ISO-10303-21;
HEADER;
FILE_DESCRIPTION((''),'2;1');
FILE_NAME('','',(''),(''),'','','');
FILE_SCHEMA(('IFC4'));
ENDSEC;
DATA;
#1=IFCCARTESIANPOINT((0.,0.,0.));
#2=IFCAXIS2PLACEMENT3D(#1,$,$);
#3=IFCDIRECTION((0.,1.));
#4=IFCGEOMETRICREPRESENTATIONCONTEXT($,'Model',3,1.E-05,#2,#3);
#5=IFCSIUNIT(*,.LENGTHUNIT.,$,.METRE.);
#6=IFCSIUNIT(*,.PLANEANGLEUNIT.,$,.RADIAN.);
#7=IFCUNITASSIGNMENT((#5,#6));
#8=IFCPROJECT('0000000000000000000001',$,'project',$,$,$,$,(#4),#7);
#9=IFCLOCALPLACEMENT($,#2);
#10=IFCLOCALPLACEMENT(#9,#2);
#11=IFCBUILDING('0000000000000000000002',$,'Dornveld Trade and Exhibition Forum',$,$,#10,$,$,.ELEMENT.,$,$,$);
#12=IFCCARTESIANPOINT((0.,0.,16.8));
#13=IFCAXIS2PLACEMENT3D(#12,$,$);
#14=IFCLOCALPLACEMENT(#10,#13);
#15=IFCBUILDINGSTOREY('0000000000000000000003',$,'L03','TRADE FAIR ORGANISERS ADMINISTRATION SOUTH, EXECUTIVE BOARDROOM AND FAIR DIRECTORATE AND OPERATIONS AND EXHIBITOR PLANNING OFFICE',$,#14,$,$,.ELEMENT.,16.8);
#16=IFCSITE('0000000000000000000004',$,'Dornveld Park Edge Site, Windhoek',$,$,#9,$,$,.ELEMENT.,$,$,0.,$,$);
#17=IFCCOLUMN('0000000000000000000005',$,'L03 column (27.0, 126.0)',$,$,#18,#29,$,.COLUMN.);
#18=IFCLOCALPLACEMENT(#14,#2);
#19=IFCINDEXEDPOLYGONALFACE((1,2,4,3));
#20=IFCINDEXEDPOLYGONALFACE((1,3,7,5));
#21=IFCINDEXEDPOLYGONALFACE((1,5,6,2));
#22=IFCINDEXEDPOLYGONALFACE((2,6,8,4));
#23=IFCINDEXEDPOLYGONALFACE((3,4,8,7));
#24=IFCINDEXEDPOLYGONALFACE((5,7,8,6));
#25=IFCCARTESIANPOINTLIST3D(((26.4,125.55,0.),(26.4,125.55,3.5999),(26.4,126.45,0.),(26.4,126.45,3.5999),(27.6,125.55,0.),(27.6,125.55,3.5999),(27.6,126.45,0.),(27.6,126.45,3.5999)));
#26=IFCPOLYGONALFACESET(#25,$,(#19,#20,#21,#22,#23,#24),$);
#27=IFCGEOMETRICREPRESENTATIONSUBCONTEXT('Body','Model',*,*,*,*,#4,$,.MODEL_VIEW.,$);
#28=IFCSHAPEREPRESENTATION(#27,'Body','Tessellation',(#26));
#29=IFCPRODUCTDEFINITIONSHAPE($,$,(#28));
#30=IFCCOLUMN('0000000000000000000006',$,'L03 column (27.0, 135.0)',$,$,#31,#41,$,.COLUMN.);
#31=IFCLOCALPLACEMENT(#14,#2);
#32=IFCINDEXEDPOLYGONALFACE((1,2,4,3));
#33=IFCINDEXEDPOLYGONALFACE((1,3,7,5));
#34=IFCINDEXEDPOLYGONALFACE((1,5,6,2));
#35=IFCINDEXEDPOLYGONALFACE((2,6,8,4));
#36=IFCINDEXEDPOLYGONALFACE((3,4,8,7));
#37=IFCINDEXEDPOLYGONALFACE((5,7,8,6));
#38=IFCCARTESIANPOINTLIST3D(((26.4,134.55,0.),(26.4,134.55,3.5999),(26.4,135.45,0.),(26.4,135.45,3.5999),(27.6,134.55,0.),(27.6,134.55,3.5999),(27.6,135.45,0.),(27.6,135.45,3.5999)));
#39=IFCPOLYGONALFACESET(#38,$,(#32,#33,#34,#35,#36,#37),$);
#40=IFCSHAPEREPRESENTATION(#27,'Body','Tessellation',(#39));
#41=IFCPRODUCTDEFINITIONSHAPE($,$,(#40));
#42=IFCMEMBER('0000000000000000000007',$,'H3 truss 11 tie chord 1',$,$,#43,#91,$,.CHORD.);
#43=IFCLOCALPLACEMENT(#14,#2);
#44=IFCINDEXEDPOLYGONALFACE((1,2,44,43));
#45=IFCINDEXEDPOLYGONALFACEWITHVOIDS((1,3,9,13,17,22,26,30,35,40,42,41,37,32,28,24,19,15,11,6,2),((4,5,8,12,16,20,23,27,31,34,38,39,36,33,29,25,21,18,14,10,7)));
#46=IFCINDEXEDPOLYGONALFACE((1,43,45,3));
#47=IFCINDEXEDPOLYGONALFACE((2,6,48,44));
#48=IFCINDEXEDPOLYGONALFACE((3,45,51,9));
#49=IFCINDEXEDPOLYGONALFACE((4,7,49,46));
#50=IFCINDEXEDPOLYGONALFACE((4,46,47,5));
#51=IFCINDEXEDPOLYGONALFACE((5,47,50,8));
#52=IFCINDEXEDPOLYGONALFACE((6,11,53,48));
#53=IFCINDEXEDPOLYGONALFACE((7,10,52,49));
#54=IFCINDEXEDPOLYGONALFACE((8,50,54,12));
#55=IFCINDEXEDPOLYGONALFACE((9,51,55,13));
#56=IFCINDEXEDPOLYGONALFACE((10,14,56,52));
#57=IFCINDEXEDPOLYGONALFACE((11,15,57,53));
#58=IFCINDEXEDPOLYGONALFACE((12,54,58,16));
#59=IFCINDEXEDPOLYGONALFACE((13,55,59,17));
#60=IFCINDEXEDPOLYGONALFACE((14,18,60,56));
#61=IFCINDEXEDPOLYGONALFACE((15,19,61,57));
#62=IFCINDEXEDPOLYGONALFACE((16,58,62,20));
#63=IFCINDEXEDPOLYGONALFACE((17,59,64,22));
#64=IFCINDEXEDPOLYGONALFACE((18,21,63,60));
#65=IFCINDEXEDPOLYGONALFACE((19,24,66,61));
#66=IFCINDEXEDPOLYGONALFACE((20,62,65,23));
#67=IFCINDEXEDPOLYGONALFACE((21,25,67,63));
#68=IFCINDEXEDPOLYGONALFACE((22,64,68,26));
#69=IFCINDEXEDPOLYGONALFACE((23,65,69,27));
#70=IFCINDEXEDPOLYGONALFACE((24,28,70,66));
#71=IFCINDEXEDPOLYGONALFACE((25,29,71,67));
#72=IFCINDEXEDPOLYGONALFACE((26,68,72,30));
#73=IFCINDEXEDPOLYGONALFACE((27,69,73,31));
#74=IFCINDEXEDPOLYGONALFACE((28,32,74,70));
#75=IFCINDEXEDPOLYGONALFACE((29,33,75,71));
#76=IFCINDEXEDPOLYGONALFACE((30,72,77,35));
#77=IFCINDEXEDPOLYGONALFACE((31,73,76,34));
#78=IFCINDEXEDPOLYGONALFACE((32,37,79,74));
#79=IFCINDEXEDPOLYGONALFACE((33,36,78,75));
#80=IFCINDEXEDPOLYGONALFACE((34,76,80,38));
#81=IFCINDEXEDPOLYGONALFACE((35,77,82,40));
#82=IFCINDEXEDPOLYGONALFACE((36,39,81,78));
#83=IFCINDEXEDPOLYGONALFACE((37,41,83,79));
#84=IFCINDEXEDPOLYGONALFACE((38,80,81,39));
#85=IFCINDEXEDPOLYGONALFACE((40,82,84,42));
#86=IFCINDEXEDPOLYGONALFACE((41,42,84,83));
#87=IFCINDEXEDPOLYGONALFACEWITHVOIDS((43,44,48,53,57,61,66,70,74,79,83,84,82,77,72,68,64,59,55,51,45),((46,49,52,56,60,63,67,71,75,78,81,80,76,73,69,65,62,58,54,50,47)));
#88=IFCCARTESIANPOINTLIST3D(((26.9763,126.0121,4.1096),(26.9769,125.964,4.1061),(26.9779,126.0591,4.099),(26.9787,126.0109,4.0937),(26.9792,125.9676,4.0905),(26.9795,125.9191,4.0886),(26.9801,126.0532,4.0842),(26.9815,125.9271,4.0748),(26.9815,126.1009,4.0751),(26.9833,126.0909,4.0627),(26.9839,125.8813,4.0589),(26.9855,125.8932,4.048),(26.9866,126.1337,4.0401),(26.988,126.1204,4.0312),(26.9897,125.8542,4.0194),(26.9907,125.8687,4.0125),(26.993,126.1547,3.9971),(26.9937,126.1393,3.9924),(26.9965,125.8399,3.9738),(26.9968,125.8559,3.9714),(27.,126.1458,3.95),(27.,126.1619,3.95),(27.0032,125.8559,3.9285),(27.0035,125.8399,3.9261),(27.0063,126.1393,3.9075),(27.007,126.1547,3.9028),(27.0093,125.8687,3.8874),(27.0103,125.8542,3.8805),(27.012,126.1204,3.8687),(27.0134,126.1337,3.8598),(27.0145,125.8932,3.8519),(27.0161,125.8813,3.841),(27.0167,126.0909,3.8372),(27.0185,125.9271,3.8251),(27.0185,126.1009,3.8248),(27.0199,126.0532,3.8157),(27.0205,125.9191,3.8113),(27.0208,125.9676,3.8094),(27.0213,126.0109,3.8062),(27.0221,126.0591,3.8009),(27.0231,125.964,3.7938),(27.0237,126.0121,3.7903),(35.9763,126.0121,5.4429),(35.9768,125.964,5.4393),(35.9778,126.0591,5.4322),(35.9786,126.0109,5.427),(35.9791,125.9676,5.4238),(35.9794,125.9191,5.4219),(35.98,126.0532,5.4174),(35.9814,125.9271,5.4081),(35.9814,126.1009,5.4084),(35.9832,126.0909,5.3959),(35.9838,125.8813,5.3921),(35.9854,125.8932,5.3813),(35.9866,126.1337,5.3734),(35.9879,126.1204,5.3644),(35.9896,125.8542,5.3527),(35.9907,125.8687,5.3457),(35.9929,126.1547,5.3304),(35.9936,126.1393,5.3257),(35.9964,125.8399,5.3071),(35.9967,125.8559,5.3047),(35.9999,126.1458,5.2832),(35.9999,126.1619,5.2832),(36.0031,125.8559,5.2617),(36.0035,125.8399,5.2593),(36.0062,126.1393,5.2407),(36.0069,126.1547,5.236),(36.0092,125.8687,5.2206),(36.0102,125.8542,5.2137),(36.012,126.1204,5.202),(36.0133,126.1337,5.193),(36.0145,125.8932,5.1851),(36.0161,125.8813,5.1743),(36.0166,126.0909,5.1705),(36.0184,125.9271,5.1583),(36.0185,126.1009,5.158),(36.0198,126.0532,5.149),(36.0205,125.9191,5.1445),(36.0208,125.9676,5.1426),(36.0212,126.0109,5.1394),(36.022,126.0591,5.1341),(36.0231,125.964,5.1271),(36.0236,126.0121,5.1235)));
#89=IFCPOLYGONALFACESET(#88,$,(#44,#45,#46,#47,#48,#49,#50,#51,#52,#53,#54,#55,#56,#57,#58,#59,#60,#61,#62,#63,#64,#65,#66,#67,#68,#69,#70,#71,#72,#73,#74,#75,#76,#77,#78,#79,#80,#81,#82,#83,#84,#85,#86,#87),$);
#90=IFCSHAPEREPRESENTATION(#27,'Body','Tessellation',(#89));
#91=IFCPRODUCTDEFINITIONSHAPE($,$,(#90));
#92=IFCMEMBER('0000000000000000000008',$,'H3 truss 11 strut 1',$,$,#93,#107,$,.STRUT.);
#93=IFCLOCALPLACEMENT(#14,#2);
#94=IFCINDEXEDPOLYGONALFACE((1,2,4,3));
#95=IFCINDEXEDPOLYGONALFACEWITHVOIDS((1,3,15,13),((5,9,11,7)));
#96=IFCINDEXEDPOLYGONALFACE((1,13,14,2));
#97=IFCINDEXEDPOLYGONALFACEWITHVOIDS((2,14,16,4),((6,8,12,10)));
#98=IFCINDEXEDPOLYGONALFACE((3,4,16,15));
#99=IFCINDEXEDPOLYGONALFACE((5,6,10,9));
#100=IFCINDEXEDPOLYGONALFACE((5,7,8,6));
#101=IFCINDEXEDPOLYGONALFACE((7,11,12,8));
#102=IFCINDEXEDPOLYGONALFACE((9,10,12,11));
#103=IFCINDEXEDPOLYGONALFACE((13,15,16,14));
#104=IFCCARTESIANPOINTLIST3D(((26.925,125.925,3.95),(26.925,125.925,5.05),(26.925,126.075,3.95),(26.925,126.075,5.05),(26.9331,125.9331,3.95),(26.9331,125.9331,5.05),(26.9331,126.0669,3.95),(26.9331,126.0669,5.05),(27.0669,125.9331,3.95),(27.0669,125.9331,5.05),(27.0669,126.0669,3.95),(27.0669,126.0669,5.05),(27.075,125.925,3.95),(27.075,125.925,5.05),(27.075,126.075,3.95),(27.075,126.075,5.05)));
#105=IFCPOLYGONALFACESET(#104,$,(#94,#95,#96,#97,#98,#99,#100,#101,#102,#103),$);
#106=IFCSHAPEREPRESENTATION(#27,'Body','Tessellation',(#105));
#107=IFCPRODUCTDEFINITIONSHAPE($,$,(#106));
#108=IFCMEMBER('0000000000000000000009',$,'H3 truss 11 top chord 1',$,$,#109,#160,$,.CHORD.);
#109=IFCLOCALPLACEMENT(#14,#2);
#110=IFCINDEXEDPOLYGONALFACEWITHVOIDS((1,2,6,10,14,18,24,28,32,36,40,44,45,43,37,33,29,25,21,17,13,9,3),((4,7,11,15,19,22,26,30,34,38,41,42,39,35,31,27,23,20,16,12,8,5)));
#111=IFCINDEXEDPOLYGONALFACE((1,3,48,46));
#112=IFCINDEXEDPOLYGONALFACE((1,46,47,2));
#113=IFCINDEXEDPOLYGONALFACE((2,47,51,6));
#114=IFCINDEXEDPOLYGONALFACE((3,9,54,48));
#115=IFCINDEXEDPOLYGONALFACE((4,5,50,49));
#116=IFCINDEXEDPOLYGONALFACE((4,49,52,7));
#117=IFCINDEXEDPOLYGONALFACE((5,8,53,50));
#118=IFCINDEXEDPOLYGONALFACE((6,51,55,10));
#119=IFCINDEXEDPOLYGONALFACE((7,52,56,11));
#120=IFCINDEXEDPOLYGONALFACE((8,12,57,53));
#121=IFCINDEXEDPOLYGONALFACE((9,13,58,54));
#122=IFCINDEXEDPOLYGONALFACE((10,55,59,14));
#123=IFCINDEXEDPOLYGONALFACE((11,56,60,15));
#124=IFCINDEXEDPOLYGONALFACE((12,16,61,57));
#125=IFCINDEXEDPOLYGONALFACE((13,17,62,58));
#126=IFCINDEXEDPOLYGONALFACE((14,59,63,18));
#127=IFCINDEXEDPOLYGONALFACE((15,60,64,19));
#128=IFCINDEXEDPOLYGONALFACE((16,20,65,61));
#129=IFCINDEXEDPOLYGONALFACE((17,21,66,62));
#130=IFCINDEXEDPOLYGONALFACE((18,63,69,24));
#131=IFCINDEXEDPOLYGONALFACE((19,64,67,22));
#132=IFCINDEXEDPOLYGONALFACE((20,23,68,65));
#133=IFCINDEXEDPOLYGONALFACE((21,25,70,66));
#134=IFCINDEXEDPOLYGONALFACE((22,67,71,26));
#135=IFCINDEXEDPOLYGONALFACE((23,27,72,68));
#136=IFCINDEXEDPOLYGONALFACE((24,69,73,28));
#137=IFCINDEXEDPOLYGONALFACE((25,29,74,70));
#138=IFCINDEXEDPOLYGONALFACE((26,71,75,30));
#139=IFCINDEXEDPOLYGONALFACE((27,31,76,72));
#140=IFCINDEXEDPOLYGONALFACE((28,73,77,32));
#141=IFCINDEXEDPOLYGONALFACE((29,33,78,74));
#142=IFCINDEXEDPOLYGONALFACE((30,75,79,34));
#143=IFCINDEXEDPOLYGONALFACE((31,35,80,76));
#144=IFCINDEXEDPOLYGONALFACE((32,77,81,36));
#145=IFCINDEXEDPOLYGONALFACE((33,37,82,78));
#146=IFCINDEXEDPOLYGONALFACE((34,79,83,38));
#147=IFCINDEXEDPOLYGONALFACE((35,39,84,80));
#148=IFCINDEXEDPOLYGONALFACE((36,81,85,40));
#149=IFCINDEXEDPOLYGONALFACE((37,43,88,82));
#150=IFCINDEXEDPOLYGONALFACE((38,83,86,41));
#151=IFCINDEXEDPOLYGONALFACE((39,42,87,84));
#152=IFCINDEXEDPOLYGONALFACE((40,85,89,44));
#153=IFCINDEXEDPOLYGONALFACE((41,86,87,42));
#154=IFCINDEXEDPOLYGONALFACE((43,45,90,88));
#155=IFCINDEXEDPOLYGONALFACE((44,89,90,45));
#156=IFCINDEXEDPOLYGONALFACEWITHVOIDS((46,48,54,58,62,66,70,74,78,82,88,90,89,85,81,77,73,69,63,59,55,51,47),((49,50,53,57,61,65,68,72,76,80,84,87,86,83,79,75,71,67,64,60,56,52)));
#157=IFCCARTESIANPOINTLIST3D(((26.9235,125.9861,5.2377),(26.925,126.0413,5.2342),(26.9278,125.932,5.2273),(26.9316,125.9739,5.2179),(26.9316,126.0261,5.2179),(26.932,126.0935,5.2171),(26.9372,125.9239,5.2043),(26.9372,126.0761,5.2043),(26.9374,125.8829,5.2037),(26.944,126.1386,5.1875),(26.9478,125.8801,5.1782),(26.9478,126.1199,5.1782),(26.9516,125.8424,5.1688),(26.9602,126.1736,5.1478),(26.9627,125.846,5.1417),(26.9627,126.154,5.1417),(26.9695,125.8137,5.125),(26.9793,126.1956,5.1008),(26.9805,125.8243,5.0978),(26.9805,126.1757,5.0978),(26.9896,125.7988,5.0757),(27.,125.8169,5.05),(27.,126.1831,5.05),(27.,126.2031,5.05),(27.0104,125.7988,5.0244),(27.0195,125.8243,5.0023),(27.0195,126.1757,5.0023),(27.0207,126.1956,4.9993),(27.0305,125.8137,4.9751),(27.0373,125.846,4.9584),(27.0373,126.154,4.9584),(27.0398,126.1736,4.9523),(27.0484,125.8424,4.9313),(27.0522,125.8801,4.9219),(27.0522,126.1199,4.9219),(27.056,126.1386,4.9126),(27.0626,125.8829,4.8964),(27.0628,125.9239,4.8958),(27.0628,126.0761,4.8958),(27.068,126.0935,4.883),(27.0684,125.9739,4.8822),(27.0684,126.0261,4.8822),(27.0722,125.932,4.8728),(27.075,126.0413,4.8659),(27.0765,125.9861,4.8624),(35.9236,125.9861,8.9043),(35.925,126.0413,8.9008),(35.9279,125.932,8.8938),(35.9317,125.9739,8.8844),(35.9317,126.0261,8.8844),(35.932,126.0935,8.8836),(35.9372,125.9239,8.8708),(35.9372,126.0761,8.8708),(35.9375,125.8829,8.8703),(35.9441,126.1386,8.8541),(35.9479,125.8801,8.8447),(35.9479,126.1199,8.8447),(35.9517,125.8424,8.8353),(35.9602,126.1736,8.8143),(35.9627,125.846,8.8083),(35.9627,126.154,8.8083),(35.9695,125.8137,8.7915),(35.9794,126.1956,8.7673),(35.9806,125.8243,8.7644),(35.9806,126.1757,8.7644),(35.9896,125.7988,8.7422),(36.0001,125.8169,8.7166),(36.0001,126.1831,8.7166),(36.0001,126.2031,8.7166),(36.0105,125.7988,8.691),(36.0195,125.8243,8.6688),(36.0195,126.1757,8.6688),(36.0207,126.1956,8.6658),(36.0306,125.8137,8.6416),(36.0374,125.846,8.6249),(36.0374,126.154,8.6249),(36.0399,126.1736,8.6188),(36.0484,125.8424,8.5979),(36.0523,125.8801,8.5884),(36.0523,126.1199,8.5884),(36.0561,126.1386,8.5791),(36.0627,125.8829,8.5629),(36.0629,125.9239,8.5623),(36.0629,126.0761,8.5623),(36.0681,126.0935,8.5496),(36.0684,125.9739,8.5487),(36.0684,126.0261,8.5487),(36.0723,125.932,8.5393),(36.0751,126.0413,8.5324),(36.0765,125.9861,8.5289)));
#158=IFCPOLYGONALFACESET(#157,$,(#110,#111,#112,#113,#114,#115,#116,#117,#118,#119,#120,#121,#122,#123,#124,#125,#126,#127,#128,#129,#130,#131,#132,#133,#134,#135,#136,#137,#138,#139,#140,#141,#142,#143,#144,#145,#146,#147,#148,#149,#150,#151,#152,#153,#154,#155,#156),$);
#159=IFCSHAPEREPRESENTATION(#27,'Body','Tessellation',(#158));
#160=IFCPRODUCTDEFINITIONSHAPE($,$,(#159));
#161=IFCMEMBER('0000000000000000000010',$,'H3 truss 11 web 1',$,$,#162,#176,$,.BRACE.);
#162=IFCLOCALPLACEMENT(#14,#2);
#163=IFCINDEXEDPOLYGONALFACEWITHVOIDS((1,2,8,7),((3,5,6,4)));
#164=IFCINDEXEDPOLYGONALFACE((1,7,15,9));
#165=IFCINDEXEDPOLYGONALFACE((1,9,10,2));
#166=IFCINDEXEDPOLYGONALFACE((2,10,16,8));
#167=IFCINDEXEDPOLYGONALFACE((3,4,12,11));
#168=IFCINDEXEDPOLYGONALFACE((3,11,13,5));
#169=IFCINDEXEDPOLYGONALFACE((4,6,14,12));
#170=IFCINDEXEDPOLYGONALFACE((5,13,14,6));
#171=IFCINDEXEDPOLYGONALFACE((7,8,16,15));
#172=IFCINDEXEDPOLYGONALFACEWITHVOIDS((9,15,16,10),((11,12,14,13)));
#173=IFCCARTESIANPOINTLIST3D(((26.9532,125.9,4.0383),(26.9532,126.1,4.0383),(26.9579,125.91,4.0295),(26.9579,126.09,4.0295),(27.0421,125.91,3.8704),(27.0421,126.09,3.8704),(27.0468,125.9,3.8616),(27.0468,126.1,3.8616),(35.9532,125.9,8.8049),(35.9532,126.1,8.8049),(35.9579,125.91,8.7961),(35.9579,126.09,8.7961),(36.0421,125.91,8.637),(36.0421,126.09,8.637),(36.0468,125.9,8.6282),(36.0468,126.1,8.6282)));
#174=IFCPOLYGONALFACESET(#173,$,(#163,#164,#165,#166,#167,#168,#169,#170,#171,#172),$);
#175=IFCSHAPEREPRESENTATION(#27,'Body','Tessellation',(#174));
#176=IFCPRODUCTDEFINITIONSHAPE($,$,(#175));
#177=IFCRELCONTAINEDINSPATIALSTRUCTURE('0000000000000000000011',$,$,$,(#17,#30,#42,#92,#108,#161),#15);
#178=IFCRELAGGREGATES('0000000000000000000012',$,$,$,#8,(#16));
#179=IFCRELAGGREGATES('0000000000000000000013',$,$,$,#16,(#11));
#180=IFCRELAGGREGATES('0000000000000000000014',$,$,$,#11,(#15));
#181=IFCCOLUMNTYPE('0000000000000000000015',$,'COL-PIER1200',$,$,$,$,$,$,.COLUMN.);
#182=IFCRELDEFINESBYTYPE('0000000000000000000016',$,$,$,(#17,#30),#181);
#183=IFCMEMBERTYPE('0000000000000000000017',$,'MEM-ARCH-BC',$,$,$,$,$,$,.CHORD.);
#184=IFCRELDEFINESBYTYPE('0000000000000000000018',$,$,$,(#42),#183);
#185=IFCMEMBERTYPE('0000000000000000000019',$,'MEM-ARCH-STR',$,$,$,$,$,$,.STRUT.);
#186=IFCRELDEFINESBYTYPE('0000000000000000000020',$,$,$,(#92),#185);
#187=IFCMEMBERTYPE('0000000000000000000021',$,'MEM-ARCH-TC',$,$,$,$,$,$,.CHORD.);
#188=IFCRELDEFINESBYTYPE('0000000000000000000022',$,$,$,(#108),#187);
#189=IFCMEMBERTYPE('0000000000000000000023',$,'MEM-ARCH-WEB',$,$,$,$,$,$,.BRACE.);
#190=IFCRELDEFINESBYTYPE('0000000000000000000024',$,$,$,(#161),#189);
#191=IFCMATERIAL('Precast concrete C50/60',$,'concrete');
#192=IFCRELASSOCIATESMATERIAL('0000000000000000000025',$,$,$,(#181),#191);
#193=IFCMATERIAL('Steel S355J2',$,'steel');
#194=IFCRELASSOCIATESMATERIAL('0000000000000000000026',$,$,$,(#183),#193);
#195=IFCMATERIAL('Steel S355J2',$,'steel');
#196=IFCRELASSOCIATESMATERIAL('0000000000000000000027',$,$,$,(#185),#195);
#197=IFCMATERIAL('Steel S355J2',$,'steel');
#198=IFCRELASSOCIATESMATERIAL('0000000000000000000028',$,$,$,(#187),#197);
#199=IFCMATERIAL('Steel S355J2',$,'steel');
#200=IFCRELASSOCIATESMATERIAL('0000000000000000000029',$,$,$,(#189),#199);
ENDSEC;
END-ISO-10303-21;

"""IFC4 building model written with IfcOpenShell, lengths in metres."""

from ifc_helpers import new_model, si_unit, direction, frame, origin, origin_2d, place, context, subcontext, project, spatial, rectangle, hollow_rectangle, hollow_circle, extrude, material, material_profile, profile_set, type_object, element, save


model = new_model("IFC4")

# Units and contexts
model_context = context("Model", 3, precision=1e-05, world=origin(), true_north=direction((0.0, 1.0)))
body_context = subcontext(model_context, "Body", "Model", "MODEL_VIEW")
ifc_project = project(units=[si_unit("LENGTHUNIT", "METRE"), si_unit("PLANEANGLEUNIT", "RADIAN")], contexts=[model_context])

# Site, building, storey
site_placement = place(None, origin())
site = spatial("IfcSite", under=ifc_project, at=site_placement, Name="Dornveld Park Edge Site, Windhoek", CompositionType="ELEMENT", RefElevation=0.0)
building_placement = place(site_placement, origin())
building = spatial("IfcBuilding", under=site, at=building_placement, Name="Dornveld Trade and Exhibition Forum", CompositionType="ELEMENT")
storey_placement = place(building_placement, frame((0.0, 0.0, 16.8)))
storey = spatial("IfcBuildingStorey", under=building, at=storey_placement, Name="L03", Description="TRADE FAIR ORGANISERS ADMINISTRATION SOUTH, EXECUTIVE BOARDROOM AND FAIR DIRECTORATE AND OPERATIONS AND EXHIBITOR PLANNING OFFICE", CompositionType="ELEMENT", Elevation=16.8)

# Columns
ifc_material_1 = material(Name="Precast concrete C50/60", Category="concrete")
ifc_material_profile_1 = material_profile(ifc_material_1, rectangle(XDim=1.2, YDim=0.8999, at=origin_2d()), Name="PC-PIER 1200x900")
ifc_profile_set_1 = profile_set([ifc_material_profile_1], Name="Precast concrete C50/60")
column_type = type_object("IfcColumnType", Name="COL-PIER1200", PredefinedType="COLUMN", material=ifc_profile_set_1)
for number, where, z_axis, x_axis, name in (
    (1, (27.0, 126.0, 0.0), (0.0, 0.0, 1.0), (1.0, 0.0, 0.0), "L03 column (27.0, 126.0)"),
    (2, (27.0, 135.0, 0.0), (0.0, 0.0, 1.0), (1.0, 0.0, 0.0), "L03 column (27.0, 135.0)"),
):
    element("IfcColumn", number, at=place(storey_placement, frame(where, z_axis=z_axis, x_axis=x_axis)), inside=storey, type_object=column_type, Name=name, PredefinedType="COLUMN", context=body_context, shape_type="SweptSolid", body=[
        extrude(rectangle(XDim=1.2, YDim=0.8999, at=origin_2d()), origin(), (0.0, 0.0, 1.0), 3.5999),
    ])

# Members
ifc_material_2 = material(Name="Steel S355J2", Category="steel")
ifc_material_profile_2 = material_profile(ifc_material_2, hollow_circle(Radius=0.1619, WallThickness=0.0161, at=origin_2d()), Name="CHS 323.9x16")
ifc_profile_set_2 = profile_set([ifc_material_profile_2], Name="Steel S355J2")
member_type_1 = type_object("IfcMemberType", Name="MEM-ARCH-BC", PredefinedType="CHORD", material=ifc_profile_set_2)
member_1_placement = place(storey_placement, frame((27.0, 126.0, 3.95), z_axis=(0.989205, 0.0, 0.14654), x_axis=(0.0, 1.0, 0.0)))
element("IfcMember", 3, at=member_1_placement, inside=storey, type_object=member_type_1, Name="H3 truss 11 tie chord 1", PredefinedType="CHORD", context=body_context, shape_type="SweptSolid", body=[
    extrude(hollow_circle(Radius=0.1619, WallThickness=0.0161, at=origin_2d()), origin(), (0.0, 0.0, 1.0), 9.0981),
])
ifc_material_3 = material(Name="Steel S355J2", Category="steel")
ifc_material_profile_3 = material_profile(ifc_material_3, hollow_rectangle(XDim=0.1499, YDim=0.1499, WallThickness=0.0081, at=origin_2d()), Name="SHS 150x150x8")
ifc_profile_set_3 = profile_set([ifc_material_profile_3], Name="Steel S355J2")
member_type_2 = type_object("IfcMemberType", Name="MEM-ARCH-STR", PredefinedType="STRUT", material=ifc_profile_set_3)
member_2_placement = place(storey_placement, frame((27.0, 126.0, 3.95), z_axis=(0.0, 0.0, 1.0), x_axis=(1.0, 0.0, 0.0)))
element("IfcMember", 4, at=member_2_placement, inside=storey, type_object=member_type_2, Name="H3 truss 11 strut 1", PredefinedType="STRUT", context=body_context, shape_type="SweptSolid", body=[
    extrude(hollow_rectangle(XDim=0.1499, YDim=0.1499, WallThickness=0.0081, at=origin_2d()), origin(), (0.0, 0.0, 1.0), 1.1001),
])
ifc_material_4 = material(Name="Steel S355J2", Category="steel")
ifc_material_profile_4 = material_profile(ifc_material_4, hollow_circle(Radius=0.2031, WallThickness=0.02, at=origin_2d()), Name="CHS 406.4x20")
ifc_profile_set_4 = profile_set([ifc_material_profile_4], Name="Steel S355J2")
member_type_3 = type_object("IfcMemberType", Name="MEM-ARCH-TC", PredefinedType="CHORD", material=ifc_profile_set_4)
member_3_placement = place(storey_placement, frame((27.0, 126.0, 5.05), z_axis=(0.926098, 0.0, 0.377283), x_axis=(0.0, 1.0, 0.0)))
element("IfcMember", 5, at=member_3_placement, inside=storey, type_object=member_type_3, Name="H3 truss 11 top chord 1", PredefinedType="CHORD", context=body_context, shape_type="SweptSolid", body=[
    extrude(hollow_circle(Radius=0.2031, WallThickness=0.02, at=origin_2d()), origin(), (0.0, 0.0, 1.0), 9.7183),
])
ifc_material_5 = material(Name="Steel S355J2", Category="steel")
ifc_material_profile_5 = material_profile(ifc_material_5, hollow_rectangle(XDim=0.2, YDim=0.2, WallThickness=0.01, at=origin_2d()), Name="SHS 200x200x10")
ifc_profile_set_5 = profile_set([ifc_material_profile_5], Name="Steel S355J2")
member_type_4 = type_object("IfcMemberType", Name="MEM-ARCH-WEB", PredefinedType="BRACE", material=ifc_profile_set_5)
member_4_placement = place(storey_placement, frame((27.0, 126.0, 3.95), z_axis=(0.883711, 0.0, 0.468033), x_axis=(0.0, 1.0, 0.0)))
element("IfcMember", 6, at=member_4_placement, inside=storey, type_object=member_type_4, Name="H3 truss 11 web 1", PredefinedType="BRACE", context=body_context, shape_type="SweptSolid", body=[
    extrude(hollow_rectangle(XDim=0.2, YDim=0.2, WallThickness=0.01, at=origin_2d()), origin(), (0.0, 0.0, 1.0), 10.1843),
])

save(model, "model.ifc")
